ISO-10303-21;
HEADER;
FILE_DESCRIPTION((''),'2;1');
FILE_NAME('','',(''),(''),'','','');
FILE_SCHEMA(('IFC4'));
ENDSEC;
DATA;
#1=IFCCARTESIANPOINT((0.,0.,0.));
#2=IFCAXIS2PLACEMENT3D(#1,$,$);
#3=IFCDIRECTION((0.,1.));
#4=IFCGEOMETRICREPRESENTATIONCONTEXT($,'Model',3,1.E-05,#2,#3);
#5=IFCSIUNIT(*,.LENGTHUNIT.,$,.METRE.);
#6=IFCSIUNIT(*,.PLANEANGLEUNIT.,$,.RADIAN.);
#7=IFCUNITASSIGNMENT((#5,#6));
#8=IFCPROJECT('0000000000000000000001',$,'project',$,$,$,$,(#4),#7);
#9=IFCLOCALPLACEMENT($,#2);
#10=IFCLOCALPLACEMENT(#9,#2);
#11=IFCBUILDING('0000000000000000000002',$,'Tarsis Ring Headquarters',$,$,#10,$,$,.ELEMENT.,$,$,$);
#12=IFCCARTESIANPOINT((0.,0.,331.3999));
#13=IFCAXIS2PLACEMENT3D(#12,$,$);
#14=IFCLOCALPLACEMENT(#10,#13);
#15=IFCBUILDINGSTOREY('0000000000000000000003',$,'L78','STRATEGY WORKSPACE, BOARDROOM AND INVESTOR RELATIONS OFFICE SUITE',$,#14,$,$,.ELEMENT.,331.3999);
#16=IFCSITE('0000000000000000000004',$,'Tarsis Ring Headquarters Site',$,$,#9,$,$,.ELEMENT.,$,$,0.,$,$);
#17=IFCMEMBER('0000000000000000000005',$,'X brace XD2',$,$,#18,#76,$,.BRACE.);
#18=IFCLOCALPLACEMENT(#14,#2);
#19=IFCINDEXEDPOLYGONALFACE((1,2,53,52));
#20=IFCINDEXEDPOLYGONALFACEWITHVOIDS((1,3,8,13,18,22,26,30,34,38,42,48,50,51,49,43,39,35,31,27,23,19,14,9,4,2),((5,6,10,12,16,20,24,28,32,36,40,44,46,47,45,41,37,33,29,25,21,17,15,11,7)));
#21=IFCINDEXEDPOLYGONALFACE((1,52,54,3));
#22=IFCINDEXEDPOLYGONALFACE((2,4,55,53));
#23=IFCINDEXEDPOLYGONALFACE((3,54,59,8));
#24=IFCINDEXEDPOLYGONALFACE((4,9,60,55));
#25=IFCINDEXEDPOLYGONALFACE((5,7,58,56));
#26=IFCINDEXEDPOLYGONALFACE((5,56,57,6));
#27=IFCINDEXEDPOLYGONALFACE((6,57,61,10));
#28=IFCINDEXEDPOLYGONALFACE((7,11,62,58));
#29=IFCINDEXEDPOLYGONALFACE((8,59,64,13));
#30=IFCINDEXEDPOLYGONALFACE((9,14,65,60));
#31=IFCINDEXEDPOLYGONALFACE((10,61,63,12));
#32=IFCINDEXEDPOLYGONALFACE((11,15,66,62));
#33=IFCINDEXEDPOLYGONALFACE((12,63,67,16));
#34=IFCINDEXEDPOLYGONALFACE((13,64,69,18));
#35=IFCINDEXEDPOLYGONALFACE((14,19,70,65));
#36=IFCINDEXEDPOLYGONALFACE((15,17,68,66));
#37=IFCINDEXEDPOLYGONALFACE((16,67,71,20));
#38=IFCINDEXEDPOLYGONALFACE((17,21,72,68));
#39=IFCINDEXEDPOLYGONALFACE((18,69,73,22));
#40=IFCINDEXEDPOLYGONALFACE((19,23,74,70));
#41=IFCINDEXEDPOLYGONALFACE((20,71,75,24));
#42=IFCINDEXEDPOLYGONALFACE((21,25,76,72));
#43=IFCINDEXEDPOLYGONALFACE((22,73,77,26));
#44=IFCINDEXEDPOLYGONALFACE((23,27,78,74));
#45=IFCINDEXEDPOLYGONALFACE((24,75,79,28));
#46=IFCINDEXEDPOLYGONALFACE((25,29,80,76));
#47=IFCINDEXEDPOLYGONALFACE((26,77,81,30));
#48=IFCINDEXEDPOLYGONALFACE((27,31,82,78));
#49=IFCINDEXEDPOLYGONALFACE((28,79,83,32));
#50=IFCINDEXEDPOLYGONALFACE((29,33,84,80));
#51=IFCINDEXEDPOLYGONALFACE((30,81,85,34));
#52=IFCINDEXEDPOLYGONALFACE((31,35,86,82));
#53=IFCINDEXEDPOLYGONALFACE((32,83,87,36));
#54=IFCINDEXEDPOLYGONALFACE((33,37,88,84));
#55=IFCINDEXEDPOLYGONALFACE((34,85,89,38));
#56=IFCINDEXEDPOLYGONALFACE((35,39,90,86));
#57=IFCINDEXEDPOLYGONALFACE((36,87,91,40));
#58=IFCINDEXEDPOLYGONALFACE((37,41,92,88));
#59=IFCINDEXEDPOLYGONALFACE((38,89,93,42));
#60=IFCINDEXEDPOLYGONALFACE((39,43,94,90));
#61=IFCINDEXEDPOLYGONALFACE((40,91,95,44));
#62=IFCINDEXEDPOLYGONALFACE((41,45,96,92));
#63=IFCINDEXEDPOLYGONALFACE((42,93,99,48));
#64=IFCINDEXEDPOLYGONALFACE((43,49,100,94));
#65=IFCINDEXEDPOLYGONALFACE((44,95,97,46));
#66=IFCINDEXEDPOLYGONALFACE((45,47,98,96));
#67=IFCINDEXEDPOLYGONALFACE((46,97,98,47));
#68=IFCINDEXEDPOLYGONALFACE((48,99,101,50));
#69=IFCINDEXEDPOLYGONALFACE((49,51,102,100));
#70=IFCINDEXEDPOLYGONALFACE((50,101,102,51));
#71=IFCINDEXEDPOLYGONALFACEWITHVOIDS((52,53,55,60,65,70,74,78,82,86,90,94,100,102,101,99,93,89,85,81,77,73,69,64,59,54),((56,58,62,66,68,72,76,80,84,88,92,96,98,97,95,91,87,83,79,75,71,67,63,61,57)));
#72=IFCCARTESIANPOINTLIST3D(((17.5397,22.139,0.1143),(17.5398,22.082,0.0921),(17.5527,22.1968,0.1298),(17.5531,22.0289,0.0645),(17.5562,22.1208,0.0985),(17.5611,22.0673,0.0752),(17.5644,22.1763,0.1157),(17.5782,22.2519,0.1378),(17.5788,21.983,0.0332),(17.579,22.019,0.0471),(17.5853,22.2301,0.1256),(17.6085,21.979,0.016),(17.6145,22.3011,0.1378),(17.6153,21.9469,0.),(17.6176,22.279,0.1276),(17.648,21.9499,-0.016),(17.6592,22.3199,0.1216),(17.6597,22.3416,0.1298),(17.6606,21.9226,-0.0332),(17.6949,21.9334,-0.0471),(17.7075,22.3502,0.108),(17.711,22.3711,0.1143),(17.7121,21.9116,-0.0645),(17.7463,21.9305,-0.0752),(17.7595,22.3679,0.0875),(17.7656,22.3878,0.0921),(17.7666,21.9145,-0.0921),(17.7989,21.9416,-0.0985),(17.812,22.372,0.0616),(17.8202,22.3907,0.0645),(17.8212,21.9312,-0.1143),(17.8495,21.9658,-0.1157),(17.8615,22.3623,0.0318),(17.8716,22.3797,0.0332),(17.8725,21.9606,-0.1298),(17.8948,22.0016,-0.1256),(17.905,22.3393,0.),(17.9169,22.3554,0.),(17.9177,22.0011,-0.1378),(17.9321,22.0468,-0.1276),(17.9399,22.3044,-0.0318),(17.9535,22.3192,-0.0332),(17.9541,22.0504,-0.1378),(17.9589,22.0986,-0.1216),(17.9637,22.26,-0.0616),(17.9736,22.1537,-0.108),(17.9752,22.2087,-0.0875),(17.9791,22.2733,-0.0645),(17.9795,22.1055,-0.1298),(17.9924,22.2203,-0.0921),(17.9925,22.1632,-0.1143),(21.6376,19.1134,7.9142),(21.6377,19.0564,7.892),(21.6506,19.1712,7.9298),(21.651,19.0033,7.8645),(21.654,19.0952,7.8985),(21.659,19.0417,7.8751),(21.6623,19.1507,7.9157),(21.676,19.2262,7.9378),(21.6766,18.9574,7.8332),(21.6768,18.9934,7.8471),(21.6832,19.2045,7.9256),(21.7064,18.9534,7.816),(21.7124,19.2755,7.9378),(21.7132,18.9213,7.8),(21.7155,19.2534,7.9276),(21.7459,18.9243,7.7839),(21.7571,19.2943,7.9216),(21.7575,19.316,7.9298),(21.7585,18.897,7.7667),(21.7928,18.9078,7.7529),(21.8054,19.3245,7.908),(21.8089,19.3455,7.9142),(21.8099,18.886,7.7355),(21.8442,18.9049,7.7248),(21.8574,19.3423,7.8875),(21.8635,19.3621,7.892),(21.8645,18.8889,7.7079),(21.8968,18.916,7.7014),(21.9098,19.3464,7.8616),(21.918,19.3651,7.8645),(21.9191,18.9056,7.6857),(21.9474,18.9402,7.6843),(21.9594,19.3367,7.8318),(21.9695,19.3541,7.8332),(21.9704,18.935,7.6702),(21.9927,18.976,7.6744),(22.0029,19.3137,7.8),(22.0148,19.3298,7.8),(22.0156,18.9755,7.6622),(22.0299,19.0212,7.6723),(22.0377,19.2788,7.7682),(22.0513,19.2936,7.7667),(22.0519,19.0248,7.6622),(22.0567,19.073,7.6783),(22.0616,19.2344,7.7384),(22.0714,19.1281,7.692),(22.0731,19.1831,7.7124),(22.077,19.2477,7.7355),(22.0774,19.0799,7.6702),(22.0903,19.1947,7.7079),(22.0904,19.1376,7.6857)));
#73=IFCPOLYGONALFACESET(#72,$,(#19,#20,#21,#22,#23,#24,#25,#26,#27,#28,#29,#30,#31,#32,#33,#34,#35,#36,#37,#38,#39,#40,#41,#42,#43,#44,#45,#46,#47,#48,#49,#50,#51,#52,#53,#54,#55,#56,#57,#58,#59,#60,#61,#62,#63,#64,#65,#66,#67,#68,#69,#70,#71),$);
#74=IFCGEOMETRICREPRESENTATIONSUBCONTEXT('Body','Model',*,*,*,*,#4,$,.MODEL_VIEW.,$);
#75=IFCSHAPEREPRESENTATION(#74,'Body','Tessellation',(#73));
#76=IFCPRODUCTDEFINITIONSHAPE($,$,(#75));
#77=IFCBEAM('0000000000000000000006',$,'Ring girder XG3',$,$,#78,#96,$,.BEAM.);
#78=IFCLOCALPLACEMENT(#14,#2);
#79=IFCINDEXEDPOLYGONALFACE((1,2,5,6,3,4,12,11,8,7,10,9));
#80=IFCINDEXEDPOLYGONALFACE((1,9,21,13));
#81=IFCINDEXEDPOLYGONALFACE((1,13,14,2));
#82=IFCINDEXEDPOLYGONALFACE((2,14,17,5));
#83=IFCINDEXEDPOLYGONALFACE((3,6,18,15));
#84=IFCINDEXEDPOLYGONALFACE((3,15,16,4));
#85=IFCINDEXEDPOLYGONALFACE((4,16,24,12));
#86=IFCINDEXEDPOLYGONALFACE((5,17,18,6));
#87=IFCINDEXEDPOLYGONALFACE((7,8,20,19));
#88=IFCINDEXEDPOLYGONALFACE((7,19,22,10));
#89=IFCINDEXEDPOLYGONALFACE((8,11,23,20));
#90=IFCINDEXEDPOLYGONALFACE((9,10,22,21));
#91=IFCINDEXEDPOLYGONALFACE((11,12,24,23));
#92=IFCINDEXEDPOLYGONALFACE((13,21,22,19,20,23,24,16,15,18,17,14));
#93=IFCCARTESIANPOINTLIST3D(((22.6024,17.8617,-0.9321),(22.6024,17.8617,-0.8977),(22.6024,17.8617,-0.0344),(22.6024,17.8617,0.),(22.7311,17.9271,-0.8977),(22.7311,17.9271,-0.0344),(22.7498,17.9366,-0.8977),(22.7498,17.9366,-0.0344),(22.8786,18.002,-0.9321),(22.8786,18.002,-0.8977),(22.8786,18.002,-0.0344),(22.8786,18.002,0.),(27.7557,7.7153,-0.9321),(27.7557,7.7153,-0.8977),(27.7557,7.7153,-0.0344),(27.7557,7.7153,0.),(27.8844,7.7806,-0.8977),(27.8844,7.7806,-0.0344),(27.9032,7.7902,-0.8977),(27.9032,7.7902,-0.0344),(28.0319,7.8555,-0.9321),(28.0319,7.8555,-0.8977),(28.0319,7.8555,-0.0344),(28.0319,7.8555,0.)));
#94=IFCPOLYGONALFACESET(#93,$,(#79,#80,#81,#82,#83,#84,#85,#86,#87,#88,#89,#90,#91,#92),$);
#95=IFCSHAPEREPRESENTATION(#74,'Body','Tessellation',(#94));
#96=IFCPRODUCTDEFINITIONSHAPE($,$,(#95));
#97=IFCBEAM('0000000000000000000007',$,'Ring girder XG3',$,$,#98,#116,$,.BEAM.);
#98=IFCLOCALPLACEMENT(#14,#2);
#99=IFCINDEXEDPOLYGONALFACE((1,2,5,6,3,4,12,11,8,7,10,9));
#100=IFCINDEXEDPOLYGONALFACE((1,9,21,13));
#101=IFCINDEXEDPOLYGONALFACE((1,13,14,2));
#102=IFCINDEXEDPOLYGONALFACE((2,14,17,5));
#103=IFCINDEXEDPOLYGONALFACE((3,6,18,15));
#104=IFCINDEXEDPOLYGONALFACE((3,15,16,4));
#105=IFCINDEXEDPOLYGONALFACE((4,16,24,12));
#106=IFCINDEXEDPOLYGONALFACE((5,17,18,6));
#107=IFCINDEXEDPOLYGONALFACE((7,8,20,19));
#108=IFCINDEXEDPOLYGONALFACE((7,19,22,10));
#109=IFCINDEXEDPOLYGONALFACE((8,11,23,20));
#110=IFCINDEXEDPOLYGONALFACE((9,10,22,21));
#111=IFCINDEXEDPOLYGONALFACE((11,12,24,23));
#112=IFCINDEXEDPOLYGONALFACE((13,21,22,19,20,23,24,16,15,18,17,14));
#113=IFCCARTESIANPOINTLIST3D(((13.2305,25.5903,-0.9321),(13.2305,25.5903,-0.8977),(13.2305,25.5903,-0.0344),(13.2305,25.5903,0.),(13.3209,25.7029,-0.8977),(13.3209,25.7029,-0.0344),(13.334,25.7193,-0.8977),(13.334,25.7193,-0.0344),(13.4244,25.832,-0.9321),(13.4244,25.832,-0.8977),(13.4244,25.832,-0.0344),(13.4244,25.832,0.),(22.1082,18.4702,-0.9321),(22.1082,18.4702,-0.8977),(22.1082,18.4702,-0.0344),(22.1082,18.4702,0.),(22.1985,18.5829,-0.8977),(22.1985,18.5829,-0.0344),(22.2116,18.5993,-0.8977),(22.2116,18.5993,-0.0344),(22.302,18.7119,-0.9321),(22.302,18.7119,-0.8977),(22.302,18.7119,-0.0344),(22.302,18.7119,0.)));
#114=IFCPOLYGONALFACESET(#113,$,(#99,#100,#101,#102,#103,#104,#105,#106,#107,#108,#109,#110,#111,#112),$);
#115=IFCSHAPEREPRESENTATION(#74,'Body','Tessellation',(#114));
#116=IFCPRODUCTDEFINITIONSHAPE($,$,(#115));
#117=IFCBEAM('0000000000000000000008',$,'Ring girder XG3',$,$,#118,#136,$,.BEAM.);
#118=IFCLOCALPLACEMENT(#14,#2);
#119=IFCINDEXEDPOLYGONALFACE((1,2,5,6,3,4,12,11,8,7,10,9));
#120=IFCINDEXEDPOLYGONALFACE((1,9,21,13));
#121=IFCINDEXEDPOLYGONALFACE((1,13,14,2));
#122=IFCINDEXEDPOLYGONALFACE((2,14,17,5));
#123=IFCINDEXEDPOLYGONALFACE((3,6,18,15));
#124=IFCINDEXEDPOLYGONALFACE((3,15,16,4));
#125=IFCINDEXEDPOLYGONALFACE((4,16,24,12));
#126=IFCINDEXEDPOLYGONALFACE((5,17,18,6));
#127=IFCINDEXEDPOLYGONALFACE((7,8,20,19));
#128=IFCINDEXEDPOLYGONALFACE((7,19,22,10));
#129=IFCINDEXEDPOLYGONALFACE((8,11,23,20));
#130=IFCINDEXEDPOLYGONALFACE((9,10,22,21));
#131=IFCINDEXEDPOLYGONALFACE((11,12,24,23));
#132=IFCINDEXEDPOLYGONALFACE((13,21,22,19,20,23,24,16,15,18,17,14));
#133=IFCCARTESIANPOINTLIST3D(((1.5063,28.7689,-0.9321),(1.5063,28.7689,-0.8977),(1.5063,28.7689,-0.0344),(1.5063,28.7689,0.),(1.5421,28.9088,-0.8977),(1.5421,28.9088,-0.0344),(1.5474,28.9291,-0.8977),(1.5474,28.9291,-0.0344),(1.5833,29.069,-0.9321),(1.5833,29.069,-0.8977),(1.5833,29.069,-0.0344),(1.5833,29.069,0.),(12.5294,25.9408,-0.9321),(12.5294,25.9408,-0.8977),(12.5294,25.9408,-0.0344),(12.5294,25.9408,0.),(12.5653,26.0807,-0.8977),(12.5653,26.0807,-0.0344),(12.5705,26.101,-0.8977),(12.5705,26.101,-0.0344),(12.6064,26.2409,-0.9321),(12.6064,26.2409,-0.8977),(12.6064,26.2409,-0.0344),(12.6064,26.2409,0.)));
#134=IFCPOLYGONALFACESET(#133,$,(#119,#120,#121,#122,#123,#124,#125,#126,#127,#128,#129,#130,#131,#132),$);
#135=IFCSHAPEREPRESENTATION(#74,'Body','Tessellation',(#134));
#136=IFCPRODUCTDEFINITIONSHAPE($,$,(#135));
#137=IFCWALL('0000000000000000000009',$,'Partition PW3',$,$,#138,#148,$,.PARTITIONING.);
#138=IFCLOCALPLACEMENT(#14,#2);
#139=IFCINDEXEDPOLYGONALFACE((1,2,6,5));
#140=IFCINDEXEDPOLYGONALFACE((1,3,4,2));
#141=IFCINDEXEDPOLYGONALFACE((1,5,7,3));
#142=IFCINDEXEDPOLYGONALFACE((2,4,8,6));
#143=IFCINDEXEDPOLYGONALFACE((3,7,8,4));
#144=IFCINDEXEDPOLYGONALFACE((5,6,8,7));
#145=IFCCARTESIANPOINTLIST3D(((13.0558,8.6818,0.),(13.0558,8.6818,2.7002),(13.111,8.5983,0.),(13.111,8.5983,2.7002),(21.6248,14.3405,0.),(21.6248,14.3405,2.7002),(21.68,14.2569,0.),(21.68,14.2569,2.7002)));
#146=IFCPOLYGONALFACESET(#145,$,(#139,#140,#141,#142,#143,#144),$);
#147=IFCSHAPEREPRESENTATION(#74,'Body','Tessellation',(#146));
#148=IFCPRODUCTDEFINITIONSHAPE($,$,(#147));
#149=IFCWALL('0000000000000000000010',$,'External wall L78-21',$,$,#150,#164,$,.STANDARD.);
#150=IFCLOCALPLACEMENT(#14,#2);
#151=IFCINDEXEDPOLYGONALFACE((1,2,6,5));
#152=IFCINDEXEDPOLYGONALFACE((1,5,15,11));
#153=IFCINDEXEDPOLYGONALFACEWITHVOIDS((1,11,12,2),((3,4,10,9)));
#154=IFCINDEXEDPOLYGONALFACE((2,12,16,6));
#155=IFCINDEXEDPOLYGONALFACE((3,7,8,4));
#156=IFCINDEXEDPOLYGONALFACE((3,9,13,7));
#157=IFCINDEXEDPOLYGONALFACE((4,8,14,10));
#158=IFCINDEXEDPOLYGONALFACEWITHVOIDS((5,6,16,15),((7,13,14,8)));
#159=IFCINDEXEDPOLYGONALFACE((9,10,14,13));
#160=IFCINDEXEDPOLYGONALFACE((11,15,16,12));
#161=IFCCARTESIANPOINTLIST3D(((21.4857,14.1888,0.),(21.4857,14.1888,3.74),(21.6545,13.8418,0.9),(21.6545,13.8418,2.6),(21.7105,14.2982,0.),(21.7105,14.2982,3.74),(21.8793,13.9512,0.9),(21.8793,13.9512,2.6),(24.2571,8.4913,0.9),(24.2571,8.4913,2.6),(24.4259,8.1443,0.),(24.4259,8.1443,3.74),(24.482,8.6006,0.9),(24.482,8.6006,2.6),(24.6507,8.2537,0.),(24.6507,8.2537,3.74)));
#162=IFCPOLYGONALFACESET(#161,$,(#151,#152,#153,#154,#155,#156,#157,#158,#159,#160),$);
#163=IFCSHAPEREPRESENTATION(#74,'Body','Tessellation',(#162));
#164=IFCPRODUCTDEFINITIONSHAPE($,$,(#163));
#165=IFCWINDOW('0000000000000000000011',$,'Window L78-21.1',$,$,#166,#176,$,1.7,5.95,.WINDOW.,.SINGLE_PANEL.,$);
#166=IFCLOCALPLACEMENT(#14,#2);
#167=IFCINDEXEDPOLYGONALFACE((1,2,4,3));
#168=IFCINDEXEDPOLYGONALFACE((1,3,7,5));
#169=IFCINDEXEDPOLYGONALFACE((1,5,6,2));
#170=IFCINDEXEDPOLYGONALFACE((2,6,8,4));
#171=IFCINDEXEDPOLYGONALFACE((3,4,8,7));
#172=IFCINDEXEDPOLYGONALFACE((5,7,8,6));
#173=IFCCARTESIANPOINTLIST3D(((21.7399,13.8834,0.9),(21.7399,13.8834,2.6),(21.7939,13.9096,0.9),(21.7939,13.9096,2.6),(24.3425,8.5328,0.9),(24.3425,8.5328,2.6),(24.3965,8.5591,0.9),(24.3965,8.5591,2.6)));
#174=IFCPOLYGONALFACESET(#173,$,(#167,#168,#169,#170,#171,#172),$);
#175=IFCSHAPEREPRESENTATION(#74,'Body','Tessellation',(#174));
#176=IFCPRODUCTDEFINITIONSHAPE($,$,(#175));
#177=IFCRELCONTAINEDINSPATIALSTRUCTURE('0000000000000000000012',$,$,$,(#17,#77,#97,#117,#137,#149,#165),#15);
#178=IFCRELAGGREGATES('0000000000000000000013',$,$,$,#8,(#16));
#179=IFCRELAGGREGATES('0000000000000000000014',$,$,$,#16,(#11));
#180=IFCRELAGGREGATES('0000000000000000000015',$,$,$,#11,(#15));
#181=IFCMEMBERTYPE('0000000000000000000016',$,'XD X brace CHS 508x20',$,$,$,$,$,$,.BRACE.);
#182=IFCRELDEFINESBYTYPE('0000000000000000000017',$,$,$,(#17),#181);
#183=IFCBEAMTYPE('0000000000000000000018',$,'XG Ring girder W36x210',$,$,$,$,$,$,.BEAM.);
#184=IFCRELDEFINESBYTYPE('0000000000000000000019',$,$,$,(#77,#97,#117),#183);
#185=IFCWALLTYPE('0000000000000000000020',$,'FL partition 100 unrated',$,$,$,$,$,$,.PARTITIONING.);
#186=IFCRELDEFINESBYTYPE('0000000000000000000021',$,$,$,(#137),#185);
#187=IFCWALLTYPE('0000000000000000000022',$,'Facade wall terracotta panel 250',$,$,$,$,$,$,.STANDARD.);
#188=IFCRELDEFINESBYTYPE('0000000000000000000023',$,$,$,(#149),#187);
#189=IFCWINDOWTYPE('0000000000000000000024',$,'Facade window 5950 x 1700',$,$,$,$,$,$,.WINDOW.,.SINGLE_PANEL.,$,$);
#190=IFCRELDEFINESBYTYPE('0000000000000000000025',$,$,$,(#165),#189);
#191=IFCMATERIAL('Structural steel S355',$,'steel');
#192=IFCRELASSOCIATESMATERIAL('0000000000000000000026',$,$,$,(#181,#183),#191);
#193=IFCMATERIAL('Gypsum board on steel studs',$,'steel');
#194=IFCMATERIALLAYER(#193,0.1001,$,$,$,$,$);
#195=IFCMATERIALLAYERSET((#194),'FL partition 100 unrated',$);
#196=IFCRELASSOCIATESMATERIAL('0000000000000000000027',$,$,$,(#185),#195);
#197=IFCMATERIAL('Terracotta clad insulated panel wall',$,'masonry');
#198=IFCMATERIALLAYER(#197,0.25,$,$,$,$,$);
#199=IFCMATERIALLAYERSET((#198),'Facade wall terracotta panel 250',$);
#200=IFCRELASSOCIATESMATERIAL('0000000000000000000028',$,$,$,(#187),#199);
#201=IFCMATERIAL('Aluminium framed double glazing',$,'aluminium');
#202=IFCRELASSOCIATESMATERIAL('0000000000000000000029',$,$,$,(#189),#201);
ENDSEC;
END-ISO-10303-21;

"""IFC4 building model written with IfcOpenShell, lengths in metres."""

from ifc_helpers import new_model, si_unit, direction, frame, frame_2d, origin, origin_2d, place, context, subcontext, project, spatial, rectangle, hollow_circle, i_section, extrude, material, layer, layer_set, material_profile, profile_set, type_object, element, fill, save


model = new_model("IFC4")

# Units and contexts
model_context = context("Model", 3, precision=1e-05, world=origin(), true_north=direction((0.0, 1.0)))
body_context = subcontext(model_context, "Body", "Model", "MODEL_VIEW")
ifc_project = project(units=[si_unit("LENGTHUNIT", "METRE"), si_unit("PLANEANGLEUNIT", "RADIAN")], contexts=[model_context])

# Site, building, storey
site_placement = place(None, origin())
site = spatial("IfcSite", under=ifc_project, at=site_placement, Name="Tarsis Ring Headquarters Site", CompositionType="ELEMENT", RefElevation=0.0)
building_placement = place(site_placement, origin())
building = spatial("IfcBuilding", under=site, at=building_placement, Name="Tarsis Ring Headquarters", CompositionType="ELEMENT")
storey_placement = place(building_placement, frame((0.0, 0.0, 331.3999)))
storey = spatial("IfcBuildingStorey", under=building, at=storey_placement, Name="L78", Description="STRATEGY WORKSPACE, BOARDROOM AND INVESTOR RELATIONS OFFICE SUITE", CompositionType="ELEMENT", Elevation=331.3999)

# Shared definitions
ifc_material_1 = material(Name="Structural steel S355", Category="steel")

# Member
ifc_material_profile_1 = material_profile(ifc_material_1, hollow_circle(Radius=0.2539, WallThickness=0.02, at=origin_2d()), Name="CHS 508x20")
ifc_profile_set_1 = profile_set([ifc_material_profile_1], Name="Structural steel S355")
member_type = type_object("IfcMemberType", Name="XD X brace CHS 508x20", PredefinedType="BRACE", material=ifc_profile_set_1)
member_1_placement = place(storey_placement, frame((17.7661, 22.1511, 0.0), z_axis=(0.439877, -0.324778, 0.837274), x_axis=(0.593979, 0.804481, 0.0)))
element("IfcMember", 1, at=member_1_placement, inside=storey, type_object=member_type, Name="X brace XD2", PredefinedType="BRACE", context=body_context, shape_type="SweptSolid", body=[
    extrude(hollow_circle(Radius=0.2539, WallThickness=0.02, at=origin_2d()), origin(), (0.0, 0.0, 1.0), 9.3159),
])

# Beams
ifc_material_profile_2 = material_profile(ifc_material_1, i_section(OverallWidth=0.3098, OverallDepth=0.9321, WebThickness=0.021, FlangeThickness=0.0344, at=origin_2d()), Name="W36x210")
ifc_profile_set_2 = profile_set([ifc_material_profile_2], Name="Structural steel S355")
beam_type_1 = type_object("IfcBeamType", Name="XG Ring girder W36x210", PredefinedType="BEAM", material=ifc_profile_set_2)
for number, where, z_axis, x_axis, name in (
    (2, (27.8938, 7.7854, -0.4661), (-0.452834, 0.891595, 0.0), (-0.891595, -0.452834, 0.0), "Ring girder XG3"),
    (3, (22.2051, 18.5911, -0.4661), (-0.780098, 0.625657, 0.0), (-0.625657, -0.780098, 0.0), "Ring girder XG3"),
    (4, (12.5679, 26.0908, -0.4661), (-0.968629, 0.248513, 0.0), (-0.248513, -0.968629, 0.0), "Ring girder XG3"),
):
    element("IfcBeam", number, at=place(storey_placement, frame(where, z_axis=z_axis, x_axis=x_axis)), inside=storey, type_object=beam_type_1, Name=name, PredefinedType="BEAM", context=body_context, shape_type="SweptSolid", body=[
        extrude(i_section(OverallWidth=0.3098, OverallDepth=0.9321, WebThickness=0.021, FlangeThickness=0.0344, at=origin_2d()), origin(), (0.0, 0.0, 1.0), 11.3801),
    ])

# Wall
ifc_material_2 = material(Name="Gypsum board on steel studs", Category="steel")
ifc_layer_1 = layer(ifc_material_2, 0.1001)
ifc_layer_set_1 = layer_set([ifc_layer_1], Name="FL partition 100 unrated")
wall_type_1 = type_object("IfcWallType", Name="FL partition 100 unrated", PredefinedType="PARTITIONING", material=ifc_layer_set_1)
wall_1_placement = place(storey_placement, frame((13.0835, 8.6401, 0.0), z_axis=(0.0, 0.0, 1.0), x_axis=(0.834471, 0.551052, 0.0)))
element("IfcWall", 5, at=wall_1_placement, inside=storey, type_object=wall_type_1, Name="Partition PW3", PredefinedType="PARTITIONING", context=body_context, shape_type="SweptSolid", body=[
    extrude(rectangle(XDim=10.2688, YDim=0.1001, at=frame_2d((5.1343, 0.0))), origin(), (0.0, 0.0, 1.0), 2.7002),
])

# Wall, opening, window
ifc_material_3 = material(Name="Terracotta clad insulated panel wall", Category="masonry")
ifc_layer_2 = layer(ifc_material_3, 0.25)
ifc_layer_set_2 = layer_set([ifc_layer_2], Name="Facade wall terracotta panel 250")
wall_type_2 = type_object("IfcWallType", Name="Facade wall terracotta panel 250", PredefinedType="STANDARD", material=ifc_layer_set_2)
wall_2_placement = place(storey_placement, frame((24.5383, 8.199, 0.0), z_axis=(0.0, 0.0, 1.0), x_axis=(-0.437424, 0.899256, 0.0)))
wall_2 = element("IfcWall", 6, at=wall_2_placement, inside=storey, type_object=wall_type_2, Name="External wall L78-21", PredefinedType="STANDARD", context=body_context, shape_type="SweptSolid", body=[
    extrude(rectangle(XDim=6.7217, YDim=0.25, at=frame_2d((3.3608, 0.0))), origin(), (0.0, 0.0, 1.0), 3.74),
])
opening_1_placement = place(wall_2_placement, frame((0.3857, 0.0, 0.8999)))
opening_1 = element("IfcOpeningElement", 7, at=opening_1_placement, cuts=wall_2, PredefinedType="OPENING", context=body_context, shape_type="SweptSolid", body=[
    extrude(rectangle(XDim=5.95, YDim=1.7, at=frame_2d((2.9751, 0.8501))), frame((0.0, 0.135, 0.0), z_axis=(0.0, -1.0, 0.0), x_axis=(1.0, 0.0, 0.0)), (0.0, 0.0, 1.0), 0.27),
])
ifc_material_4 = material(Name="Aluminium framed double glazing", Category="aluminium")
window_type = type_object("IfcWindowType", Name="Facade window 5950 x 1700", PartitioningType="SINGLE_PANEL", PredefinedType="WINDOW", material=ifc_material_4)
window_1_placement = place(opening_1_placement, origin())
window_1 = element("IfcWindow", 8, at=window_1_placement, inside=storey, type_object=window_type, Name="Window L78-21.1", OverallHeight=1.7, OverallWidth=5.95, PartitioningType="SINGLE_PANEL", PredefinedType="WINDOW", context=body_context, shape_type="SweptSolid", body=[
    extrude(rectangle(XDim=5.95, YDim=1.7, at=frame_2d((2.9751, 0.8501))), frame((0.0, 0.03, 0.0), z_axis=(0.0, -1.0, 0.0), x_axis=(1.0, 0.0, 0.0)), (0.0, 0.0, 1.0), 0.0601),
])
fill(opening_1, window_1)

save(model, "model.ifc")
